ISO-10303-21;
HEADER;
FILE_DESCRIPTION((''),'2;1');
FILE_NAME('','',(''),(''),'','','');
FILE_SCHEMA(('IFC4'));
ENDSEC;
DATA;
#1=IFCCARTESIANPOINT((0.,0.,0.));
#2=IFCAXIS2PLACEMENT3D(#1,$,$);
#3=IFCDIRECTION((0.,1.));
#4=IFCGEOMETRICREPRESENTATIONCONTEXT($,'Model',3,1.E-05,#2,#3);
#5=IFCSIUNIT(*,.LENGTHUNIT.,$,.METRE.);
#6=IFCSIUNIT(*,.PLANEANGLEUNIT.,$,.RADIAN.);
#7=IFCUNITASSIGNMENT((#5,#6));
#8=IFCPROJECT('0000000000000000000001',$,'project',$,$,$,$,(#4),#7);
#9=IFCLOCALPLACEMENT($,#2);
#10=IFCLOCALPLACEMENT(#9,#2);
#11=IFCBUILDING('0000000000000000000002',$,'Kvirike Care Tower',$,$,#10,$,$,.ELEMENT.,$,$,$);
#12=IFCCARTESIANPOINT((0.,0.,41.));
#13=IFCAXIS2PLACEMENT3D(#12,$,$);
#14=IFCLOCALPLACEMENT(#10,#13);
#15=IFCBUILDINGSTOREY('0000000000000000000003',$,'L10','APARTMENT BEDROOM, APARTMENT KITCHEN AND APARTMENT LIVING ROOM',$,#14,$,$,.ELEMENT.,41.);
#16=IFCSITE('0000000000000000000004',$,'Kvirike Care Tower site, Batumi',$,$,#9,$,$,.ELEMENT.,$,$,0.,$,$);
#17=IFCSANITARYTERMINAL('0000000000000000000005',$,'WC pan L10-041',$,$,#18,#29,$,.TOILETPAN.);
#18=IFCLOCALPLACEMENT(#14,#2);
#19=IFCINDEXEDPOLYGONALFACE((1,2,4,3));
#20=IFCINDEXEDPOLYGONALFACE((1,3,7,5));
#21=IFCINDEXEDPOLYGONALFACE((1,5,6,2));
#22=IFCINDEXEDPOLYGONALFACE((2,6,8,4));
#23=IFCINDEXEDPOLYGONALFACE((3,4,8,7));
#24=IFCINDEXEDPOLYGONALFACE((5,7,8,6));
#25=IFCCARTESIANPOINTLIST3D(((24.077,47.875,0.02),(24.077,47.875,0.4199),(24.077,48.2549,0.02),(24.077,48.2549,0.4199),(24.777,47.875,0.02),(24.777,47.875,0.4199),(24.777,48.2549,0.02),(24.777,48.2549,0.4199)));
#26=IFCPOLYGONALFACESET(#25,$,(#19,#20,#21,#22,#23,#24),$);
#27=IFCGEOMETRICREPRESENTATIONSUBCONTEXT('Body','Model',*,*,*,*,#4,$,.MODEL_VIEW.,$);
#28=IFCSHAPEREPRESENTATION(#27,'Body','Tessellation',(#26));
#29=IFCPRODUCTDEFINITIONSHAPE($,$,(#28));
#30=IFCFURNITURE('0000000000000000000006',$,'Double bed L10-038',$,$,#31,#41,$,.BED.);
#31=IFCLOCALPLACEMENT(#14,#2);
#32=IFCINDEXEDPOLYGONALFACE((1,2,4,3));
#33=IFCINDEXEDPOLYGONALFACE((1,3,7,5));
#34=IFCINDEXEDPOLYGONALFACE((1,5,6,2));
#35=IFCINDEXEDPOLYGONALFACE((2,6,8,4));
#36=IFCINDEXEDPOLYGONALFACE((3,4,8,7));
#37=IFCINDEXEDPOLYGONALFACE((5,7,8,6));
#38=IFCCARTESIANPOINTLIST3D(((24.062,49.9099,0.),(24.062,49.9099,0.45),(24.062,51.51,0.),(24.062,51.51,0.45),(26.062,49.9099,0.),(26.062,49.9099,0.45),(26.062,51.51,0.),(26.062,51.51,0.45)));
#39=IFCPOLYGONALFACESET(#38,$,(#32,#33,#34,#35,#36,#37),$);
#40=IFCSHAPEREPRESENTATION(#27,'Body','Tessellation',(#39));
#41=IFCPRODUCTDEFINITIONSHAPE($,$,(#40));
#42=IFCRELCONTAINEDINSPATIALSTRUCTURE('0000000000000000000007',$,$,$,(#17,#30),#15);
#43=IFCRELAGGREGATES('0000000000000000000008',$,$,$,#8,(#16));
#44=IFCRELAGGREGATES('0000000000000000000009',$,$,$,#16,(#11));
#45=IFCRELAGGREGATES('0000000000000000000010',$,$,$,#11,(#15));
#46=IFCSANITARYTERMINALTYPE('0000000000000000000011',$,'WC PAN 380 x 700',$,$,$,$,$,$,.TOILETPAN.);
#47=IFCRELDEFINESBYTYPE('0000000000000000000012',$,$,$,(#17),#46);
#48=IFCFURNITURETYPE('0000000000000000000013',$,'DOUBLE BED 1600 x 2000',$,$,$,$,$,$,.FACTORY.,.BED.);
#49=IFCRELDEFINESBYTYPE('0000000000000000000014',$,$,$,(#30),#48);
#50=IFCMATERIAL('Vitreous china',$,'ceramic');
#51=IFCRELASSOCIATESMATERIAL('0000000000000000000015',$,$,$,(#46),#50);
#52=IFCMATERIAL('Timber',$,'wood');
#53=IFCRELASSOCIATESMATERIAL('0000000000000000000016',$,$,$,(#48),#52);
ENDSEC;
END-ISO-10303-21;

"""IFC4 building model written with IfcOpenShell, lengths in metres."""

from ifc_helpers import new_model, si_unit, direction, frame, origin, origin_2d, place, context, subcontext, project, spatial, rectangle, extrude, material, type_object, element, save


model = new_model("IFC4")

# Units and contexts
model_context = context("Model", 3, precision=1e-05, world=origin(), true_north=direction((0.0, 1.0)))
body_context = subcontext(model_context, "Body", "Model", "MODEL_VIEW")
ifc_project = project(units=[si_unit("LENGTHUNIT", "METRE"), si_unit("PLANEANGLEUNIT", "RADIAN")], contexts=[model_context])

# Site, building, storey
site_placement = place(None, origin())
site = spatial("IfcSite", under=ifc_project, at=site_placement, Name="Kvirike Care Tower site, Batumi", CompositionType="ELEMENT", RefElevation=0.0)
building_placement = place(site_placement, origin())
building = spatial("IfcBuilding", under=site, at=building_placement, Name="Kvirike Care Tower", CompositionType="ELEMENT")
storey_placement = place(building_placement, frame((0.0, 0.0, 41.0)))
storey = spatial("IfcBuildingStorey", under=building, at=storey_placement, Name="L10", Description="APARTMENT BEDROOM, APARTMENT KITCHEN AND APARTMENT LIVING ROOM", CompositionType="ELEMENT", Elevation=41.0)

# Sanitary terminal
ifc_material_1 = material(Name="Vitreous china", Category="ceramic")
sanitary_terminal_type_1 = type_object("IfcSanitaryTerminalType", Name="WC PAN 380 x 700", PredefinedType="TOILETPAN", material=ifc_material_1)
sanitary_terminal_1_placement = place(storey_placement, frame((24.427, 48.0649, 0.02), z_axis=(0.0, 0.0, 1.0), x_axis=(0.0, 1.0, 0.0)))
element("IfcSanitaryTerminal", 1, at=sanitary_terminal_1_placement, inside=storey, type_object=sanitary_terminal_type_1, Name="WC pan L10-041", PredefinedType="TOILETPAN", context=body_context, shape_type="SweptSolid", body=[
    extrude(rectangle(XDim=0.3799, YDim=0.7, at=origin_2d()), origin(), (0.0, 0.0, 1.0), 0.3999),
])

# Furniture
ifc_material_2 = material(Name="Timber", Category="wood")
furniture_type = type_object("IfcFurnitureType", Name="DOUBLE BED 1600 x 2000", AssemblyPlace="FACTORY", PredefinedType="BED", material=ifc_material_2)
furniture_placement = place(storey_placement, frame((25.062, 50.71, 0.0), z_axis=(0.0, 0.0, 1.0), x_axis=(0.0, 1.0, 0.0)))
element("IfcFurniture", 2, at=furniture_placement, inside=storey, type_object=furniture_type, Name="Double bed L10-038", PredefinedType="BED", context=body_context, shape_type="SweptSolid", body=[
    extrude(rectangle(XDim=1.6001, YDim=2.0, at=origin_2d()), origin(), (0.0, 0.0, 1.0), 0.45),
])

save(model, "model.ifc")
